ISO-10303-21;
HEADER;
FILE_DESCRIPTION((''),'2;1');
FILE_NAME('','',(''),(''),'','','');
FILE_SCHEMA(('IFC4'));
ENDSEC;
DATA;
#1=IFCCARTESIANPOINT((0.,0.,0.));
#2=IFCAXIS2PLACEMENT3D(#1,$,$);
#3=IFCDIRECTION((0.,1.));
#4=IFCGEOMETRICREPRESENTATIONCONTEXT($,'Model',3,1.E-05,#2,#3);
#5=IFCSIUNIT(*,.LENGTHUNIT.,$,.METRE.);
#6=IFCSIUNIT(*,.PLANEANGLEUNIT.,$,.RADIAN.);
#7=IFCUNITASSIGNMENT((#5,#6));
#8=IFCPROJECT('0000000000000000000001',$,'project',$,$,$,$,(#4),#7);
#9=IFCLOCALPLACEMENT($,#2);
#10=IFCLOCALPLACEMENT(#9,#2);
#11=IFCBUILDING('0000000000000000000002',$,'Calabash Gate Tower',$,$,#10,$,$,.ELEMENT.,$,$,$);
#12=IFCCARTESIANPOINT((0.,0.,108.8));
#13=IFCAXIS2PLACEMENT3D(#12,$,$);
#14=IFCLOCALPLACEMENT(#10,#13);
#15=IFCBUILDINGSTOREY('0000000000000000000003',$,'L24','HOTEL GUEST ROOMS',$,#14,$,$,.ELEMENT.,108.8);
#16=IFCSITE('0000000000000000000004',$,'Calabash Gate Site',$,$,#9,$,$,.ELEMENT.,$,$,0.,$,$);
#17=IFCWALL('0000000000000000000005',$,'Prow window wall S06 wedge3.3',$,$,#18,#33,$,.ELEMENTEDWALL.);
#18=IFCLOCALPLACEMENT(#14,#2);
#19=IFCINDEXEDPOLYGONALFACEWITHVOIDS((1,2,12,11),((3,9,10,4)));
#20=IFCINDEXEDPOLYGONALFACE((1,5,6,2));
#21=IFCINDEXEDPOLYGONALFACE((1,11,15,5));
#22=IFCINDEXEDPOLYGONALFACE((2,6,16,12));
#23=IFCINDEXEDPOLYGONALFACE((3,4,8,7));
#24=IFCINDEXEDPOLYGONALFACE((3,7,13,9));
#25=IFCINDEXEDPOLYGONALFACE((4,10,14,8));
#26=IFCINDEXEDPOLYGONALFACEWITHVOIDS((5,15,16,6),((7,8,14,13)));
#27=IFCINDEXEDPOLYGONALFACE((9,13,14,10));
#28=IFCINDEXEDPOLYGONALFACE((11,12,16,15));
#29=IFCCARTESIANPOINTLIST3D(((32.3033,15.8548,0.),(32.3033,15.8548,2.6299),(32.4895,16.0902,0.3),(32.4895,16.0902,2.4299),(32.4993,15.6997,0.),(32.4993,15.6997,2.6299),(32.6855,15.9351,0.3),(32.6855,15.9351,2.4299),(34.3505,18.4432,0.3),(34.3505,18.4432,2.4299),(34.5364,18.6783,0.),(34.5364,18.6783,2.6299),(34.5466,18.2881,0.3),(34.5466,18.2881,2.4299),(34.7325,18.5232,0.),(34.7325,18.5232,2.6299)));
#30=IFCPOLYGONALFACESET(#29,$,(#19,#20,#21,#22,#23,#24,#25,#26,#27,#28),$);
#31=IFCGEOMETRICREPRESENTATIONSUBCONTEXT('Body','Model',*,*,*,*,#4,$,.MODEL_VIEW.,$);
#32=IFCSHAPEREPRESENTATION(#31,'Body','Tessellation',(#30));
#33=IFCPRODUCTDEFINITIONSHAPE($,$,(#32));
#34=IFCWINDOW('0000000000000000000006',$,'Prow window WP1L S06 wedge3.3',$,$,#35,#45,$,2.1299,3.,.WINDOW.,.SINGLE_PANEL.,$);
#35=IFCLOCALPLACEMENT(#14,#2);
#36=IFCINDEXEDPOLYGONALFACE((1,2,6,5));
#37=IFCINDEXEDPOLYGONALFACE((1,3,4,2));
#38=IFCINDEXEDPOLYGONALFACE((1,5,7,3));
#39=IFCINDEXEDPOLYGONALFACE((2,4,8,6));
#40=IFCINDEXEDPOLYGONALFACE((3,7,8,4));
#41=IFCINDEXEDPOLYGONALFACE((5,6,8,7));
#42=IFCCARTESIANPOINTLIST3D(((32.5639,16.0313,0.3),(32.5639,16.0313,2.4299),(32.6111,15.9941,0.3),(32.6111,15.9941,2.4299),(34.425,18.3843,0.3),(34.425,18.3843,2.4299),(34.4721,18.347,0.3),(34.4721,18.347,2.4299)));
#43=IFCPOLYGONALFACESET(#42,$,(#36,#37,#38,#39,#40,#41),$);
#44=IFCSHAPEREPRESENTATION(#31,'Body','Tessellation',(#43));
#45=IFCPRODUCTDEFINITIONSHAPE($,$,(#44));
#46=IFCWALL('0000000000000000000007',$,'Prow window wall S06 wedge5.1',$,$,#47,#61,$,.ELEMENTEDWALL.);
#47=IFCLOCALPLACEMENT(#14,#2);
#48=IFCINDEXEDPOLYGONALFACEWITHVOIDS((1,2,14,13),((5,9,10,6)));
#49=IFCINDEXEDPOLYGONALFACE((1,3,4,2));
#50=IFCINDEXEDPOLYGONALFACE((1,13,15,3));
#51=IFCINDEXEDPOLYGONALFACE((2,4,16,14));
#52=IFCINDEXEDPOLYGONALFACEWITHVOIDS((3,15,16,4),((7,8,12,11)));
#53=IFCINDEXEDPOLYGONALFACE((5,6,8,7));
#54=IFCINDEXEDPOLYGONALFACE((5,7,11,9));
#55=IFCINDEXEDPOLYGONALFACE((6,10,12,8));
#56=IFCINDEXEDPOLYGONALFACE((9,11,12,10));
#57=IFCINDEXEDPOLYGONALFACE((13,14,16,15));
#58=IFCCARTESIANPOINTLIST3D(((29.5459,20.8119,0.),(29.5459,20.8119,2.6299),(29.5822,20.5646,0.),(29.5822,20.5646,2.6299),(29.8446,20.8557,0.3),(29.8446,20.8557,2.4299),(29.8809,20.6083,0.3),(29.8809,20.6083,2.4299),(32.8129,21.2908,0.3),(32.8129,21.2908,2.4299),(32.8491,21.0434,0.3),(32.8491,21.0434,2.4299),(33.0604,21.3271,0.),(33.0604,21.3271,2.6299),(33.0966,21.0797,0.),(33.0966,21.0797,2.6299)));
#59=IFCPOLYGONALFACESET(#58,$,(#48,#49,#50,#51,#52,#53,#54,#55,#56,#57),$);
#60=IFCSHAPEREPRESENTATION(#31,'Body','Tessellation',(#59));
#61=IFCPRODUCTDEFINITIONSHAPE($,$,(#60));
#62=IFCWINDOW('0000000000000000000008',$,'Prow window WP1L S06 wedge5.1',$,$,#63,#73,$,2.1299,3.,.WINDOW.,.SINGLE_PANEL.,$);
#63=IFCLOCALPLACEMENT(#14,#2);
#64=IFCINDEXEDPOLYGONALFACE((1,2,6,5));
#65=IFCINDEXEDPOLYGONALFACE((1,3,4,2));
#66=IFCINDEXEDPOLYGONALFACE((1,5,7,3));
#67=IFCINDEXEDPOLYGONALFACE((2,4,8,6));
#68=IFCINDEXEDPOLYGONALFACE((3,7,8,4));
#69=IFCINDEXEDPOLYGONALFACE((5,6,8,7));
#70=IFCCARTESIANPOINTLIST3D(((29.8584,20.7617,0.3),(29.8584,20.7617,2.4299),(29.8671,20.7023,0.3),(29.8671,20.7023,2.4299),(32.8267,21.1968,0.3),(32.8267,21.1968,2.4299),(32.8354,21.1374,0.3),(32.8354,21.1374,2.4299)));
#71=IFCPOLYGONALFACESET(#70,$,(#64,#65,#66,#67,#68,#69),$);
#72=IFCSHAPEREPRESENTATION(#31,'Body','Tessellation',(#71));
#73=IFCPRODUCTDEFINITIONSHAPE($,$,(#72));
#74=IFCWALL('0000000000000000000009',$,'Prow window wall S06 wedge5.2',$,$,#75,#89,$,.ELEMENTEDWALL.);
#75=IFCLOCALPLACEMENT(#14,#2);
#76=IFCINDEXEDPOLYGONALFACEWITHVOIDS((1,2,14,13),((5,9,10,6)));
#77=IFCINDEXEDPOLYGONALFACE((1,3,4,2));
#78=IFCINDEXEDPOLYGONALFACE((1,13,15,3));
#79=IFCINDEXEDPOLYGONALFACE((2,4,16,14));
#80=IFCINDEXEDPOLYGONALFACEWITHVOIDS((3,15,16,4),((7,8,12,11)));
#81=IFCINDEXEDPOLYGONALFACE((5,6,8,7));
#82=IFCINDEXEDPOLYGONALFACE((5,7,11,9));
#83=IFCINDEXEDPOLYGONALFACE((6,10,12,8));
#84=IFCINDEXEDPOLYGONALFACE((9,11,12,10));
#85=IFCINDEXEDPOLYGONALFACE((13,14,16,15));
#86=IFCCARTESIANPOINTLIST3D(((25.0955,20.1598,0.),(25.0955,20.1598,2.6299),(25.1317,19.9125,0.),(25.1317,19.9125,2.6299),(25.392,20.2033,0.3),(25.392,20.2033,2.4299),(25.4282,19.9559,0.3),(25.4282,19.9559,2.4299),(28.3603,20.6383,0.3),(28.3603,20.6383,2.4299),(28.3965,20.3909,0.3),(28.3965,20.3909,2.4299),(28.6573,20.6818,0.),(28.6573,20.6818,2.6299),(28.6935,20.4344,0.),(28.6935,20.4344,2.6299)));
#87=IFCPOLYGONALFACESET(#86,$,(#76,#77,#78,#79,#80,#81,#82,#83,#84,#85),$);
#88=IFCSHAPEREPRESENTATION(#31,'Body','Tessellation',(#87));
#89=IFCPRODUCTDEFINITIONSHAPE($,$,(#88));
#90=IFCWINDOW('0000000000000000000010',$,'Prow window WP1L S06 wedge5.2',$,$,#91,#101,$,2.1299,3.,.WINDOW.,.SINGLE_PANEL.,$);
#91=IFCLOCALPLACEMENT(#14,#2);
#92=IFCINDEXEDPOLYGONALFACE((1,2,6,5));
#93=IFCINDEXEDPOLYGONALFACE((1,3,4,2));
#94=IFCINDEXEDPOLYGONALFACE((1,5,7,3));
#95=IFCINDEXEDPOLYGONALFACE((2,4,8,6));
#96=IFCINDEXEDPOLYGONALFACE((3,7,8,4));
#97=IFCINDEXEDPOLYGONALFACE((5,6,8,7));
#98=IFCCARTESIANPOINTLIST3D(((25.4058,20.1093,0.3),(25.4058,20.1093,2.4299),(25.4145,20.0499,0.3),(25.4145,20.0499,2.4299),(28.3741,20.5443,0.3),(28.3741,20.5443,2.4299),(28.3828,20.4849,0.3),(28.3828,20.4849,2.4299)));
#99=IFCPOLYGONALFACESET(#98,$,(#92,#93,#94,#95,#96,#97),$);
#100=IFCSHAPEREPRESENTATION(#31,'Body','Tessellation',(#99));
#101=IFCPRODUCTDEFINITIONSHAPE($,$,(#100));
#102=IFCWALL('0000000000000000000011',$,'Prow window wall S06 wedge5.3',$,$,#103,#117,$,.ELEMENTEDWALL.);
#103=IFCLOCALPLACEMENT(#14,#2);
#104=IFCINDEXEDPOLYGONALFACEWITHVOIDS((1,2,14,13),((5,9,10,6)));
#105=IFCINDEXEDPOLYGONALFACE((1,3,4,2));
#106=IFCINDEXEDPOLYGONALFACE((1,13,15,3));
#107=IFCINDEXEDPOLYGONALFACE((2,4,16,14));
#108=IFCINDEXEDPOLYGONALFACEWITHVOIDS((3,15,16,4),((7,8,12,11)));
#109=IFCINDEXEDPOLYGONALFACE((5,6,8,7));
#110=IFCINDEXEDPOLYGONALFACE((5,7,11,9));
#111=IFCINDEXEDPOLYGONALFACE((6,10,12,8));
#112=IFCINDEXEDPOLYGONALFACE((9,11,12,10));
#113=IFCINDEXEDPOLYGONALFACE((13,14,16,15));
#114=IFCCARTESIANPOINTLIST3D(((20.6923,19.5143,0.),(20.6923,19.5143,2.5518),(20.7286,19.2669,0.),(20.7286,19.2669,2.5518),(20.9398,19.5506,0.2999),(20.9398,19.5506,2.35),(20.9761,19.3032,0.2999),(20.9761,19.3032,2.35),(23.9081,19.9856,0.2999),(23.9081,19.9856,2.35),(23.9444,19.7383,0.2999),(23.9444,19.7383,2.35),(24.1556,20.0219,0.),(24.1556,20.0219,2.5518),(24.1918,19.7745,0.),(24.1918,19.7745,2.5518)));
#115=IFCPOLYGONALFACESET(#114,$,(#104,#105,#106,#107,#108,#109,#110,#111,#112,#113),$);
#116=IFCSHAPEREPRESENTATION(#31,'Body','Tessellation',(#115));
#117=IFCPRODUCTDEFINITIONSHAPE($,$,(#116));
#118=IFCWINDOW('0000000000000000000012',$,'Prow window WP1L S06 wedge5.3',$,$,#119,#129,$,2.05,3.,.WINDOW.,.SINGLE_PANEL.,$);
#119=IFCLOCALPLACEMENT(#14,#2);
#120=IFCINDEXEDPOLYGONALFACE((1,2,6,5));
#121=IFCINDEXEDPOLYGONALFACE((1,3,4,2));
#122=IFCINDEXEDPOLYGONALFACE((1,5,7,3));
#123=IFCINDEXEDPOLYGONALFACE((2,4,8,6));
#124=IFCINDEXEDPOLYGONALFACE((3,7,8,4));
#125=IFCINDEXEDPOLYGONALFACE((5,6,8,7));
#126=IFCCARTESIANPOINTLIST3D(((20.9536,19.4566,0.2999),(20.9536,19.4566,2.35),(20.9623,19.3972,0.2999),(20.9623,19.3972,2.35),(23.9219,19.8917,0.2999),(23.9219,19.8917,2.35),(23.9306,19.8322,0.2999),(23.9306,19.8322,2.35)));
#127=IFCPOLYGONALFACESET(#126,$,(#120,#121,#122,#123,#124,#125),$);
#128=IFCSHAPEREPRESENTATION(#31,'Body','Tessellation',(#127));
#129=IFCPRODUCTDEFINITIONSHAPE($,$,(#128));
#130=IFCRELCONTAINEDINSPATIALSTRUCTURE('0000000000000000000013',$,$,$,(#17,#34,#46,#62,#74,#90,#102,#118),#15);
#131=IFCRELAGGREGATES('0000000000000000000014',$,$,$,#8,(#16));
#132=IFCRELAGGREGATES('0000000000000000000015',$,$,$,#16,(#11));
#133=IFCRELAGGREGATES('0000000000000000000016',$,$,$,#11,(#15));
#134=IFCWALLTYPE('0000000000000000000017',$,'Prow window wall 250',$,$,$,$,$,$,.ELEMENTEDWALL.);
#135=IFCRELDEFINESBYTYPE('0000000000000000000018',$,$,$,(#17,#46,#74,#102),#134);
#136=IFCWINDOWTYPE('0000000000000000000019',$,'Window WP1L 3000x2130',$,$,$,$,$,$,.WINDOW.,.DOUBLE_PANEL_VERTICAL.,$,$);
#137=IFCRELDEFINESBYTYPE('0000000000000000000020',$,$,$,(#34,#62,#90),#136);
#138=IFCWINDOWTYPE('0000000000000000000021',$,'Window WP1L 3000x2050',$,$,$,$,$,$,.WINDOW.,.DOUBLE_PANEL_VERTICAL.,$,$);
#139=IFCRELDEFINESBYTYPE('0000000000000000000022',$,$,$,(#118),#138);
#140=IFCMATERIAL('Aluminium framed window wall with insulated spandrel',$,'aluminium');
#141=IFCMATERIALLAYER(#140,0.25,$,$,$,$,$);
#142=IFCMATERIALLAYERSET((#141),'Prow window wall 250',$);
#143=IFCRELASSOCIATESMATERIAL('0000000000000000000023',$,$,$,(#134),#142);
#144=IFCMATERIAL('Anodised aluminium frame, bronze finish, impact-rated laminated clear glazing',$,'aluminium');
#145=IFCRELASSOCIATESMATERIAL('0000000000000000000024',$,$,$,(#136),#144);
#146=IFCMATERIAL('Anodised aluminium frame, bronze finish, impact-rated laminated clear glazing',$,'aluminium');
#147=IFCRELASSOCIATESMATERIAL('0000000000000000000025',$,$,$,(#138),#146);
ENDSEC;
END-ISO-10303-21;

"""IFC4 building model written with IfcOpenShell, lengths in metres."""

from ifc_helpers import new_model, si_unit, direction, frame, frame_2d, origin, place, context, subcontext, project, spatial, rectangle, extrude, material, layer, layer_set, type_object, element, fill, save


model = new_model("IFC4")

# Units and contexts
model_context = context("Model", 3, precision=1e-05, world=origin(), true_north=direction((0.0, 1.0)))
body_context = subcontext(model_context, "Body", "Model", "MODEL_VIEW")
ifc_project = project(units=[si_unit("LENGTHUNIT", "METRE"), si_unit("PLANEANGLEUNIT", "RADIAN")], contexts=[model_context])

# Site, building, storey
site_placement = place(None, origin())
site = spatial("IfcSite", under=ifc_project, at=site_placement, Name="Calabash Gate Site", CompositionType="ELEMENT", RefElevation=0.0)
building_placement = place(site_placement, origin())
building = spatial("IfcBuilding", under=site, at=building_placement, Name="Calabash Gate Tower", CompositionType="ELEMENT")
storey_placement = place(building_placement, frame((0.0, 0.0, 108.8)))
storey = spatial("IfcBuildingStorey", under=building, at=storey_placement, Name="L24", Description="HOTEL GUEST ROOMS", CompositionType="ELEMENT", Elevation=108.8)

# Walls, openings, windows
ifc_material_1 = material(Name="Aluminium framed window wall with insulated spandrel", Category="aluminium")
ifc_layer_1 = layer(ifc_material_1, 0.25)
ifc_layer_set_1 = layer_set([ifc_layer_1], Name="Prow window wall 250")
wall_type_1 = type_object("IfcWallType", Name="Prow window wall 250", PredefinedType="ELEMENTEDWALL", material=ifc_layer_set_1)
wall_1_placement = place(storey_placement, frame((32.4014, 15.7773, 0.0), z_axis=(0.0, 0.0, 1.0), x_axis=(0.620343, 0.78433, 0.0)))
wall_1 = element("IfcWall", 1, at=wall_1_placement, inside=storey, type_object=wall_type_1, Name="Prow window wall S06 wedge3.3", PredefinedType="ELEMENTEDWALL", context=body_context, shape_type="SweptSolid", body=[
    extrude(rectangle(XDim=3.5999, YDim=0.25, at=frame_2d((1.7998, 0.0))), origin(), (0.0, 0.0, 1.0), 2.6299),
])
opening_1_placement = place(wall_1_placement, frame((0.3, 0.0, 0.3)))
opening_1 = element("IfcOpeningElement", 2, at=opening_1_placement, cuts=wall_1, PredefinedType="OPENING", context=body_context, shape_type="SweptSolid", body=[
    extrude(rectangle(XDim=3.0, YDim=2.1299, at=frame_2d((1.5, 1.0649))), frame((0.0, 0.135, 0.0), z_axis=(0.0, -1.0, 0.0), x_axis=(1.0, 0.0, 0.0)), (0.0, 0.0, 1.0), 0.27),
])
ifc_material_2 = material(Name="Anodised aluminium frame, bronze finish, impact-rated laminated clear glazing", Category="aluminium")
window_type_1 = type_object("IfcWindowType", Name="Window WP1L 3000x2130", PartitioningType="DOUBLE_PANEL_VERTICAL", PredefinedType="WINDOW", material=ifc_material_2)
window_1_placement = place(opening_1_placement, origin())
window_1 = element("IfcWindow", 3, at=window_1_placement, inside=storey, type_object=window_type_1, Name="Prow window WP1L S06 wedge3.3", OverallHeight=2.1299, OverallWidth=3.0, PartitioningType="SINGLE_PANEL", PredefinedType="WINDOW", context=body_context, shape_type="SweptSolid", body=[
    extrude(rectangle(XDim=3.0, YDim=2.1299, at=frame_2d((1.5, 1.0649))), frame((0.0, 0.03, 0.0), z_axis=(0.0, -1.0, 0.0), x_axis=(1.0, 0.0, 0.0)), (0.0, 0.0, 1.0), 0.0601),
])
fill(opening_1, window_1)
wall_2_placement = place(storey_placement, frame((33.0784, 21.2034, 0.0), z_axis=(0.0, 0.0, 1.0), x_axis=(-0.989427, -0.145029, 0.0)))
wall_2 = element("IfcWall", 4, at=wall_2_placement, inside=storey, type_object=wall_type_1, Name="Prow window wall S06 wedge5.1", PredefinedType="ELEMENTEDWALL", context=body_context, shape_type="SweptSolid", body=[
    extrude(rectangle(XDim=3.552, YDim=0.25, at=frame_2d((1.7759, 0.0))), origin(), (0.0, 0.0, 1.0), 2.6299),
])
opening_2_placement = place(wall_2_placement, frame((0.25, 0.0, 0.3)))
opening_2 = element("IfcOpeningElement", 5, at=opening_2_placement, cuts=wall_2, PredefinedType="OPENING", context=body_context, shape_type="SweptSolid", body=[
    extrude(rectangle(XDim=3.0, YDim=2.1299, at=frame_2d((1.5, 1.0649))), frame((0.0, 0.135, 0.0), z_axis=(0.0, -1.0, 0.0), x_axis=(1.0, 0.0, 0.0)), (0.0, 0.0, 1.0), 0.27),
])
window_2_placement = place(opening_2_placement, origin())
window_2 = element("IfcWindow", 6, at=window_2_placement, inside=storey, type_object=window_type_1, Name="Prow window WP1L S06 wedge5.1", OverallHeight=2.1299, OverallWidth=3.0, PartitioningType="SINGLE_PANEL", PredefinedType="WINDOW", context=body_context, shape_type="SweptSolid", body=[
    extrude(rectangle(XDim=3.0, YDim=2.1299, at=frame_2d((1.5, 1.0649))), frame((0.0, 0.03, 0.0), z_axis=(0.0, -1.0, 0.0), x_axis=(1.0, 0.0, 0.0)), (0.0, 0.0, 1.0), 0.0601),
])
fill(opening_2, window_2)
wall_3_placement = place(storey_placement, frame((28.6753, 20.5581, 0.0), z_axis=(0.0, 0.0, 1.0), x_axis=(-0.989432, -0.145, 0.0)))
wall_3 = element("IfcWall", 7, at=wall_3_placement, inside=storey, type_object=wall_type_1, Name="Prow window wall S06 wedge5.2", PredefinedType="ELEMENTEDWALL", context=body_context, shape_type="SweptSolid", body=[
    extrude(rectangle(XDim=3.5999, YDim=0.25, at=frame_2d((1.7998, 0.0))), origin(), (0.0, 0.0, 1.0), 2.6299),
])
opening_3_placement = place(wall_3_placement, frame((0.3, 0.0, 0.3)))
opening_3 = element("IfcOpeningElement", 8, at=opening_3_placement, cuts=wall_3, PredefinedType="OPENING", context=body_context, shape_type="SweptSolid", body=[
    extrude(rectangle(XDim=3.0, YDim=2.1299, at=frame_2d((1.5, 1.0649))), frame((0.0, 0.135, 0.0), z_axis=(0.0, -1.0, 0.0), x_axis=(1.0, 0.0, 0.0)), (0.0, 0.0, 1.0), 0.27),
])
window_3_placement = place(opening_3_placement, origin())
window_3 = element("IfcWindow", 9, at=window_3_placement, inside=storey, type_object=window_type_1, Name="Prow window WP1L S06 wedge5.2", OverallHeight=2.1299, OverallWidth=3.0, PartitioningType="SINGLE_PANEL", PredefinedType="WINDOW", context=body_context, shape_type="SweptSolid", body=[
    extrude(rectangle(XDim=3.0, YDim=2.1299, at=frame_2d((1.5, 1.0649))), frame((0.0, 0.03, 0.0), z_axis=(0.0, -1.0, 0.0), x_axis=(1.0, 0.0, 0.0)), (0.0, 0.0, 1.0), 0.0601),
])
fill(opening_3, window_3)
wall_4_placement = place(storey_placement, frame((24.1736, 19.8982, 0.0), z_axis=(0.0, 0.0, 1.0), x_axis=(-0.98943, -0.145014, 0.0)))
wall_4 = element("IfcWall", 10, at=wall_4_placement, inside=storey, type_object=wall_type_1, Name="Prow window wall S06 wedge5.3", PredefinedType="ELEMENTEDWALL", context=body_context, shape_type="SweptSolid", body=[
    extrude(rectangle(XDim=3.5002, YDim=0.25, at=frame_2d((1.75, 0.0))), origin(), (0.0, 0.0, 1.0), 2.5518),
])
opening_4_placement = place(wall_4_placement, frame((0.25, 0.0, 0.3)))
opening_4 = element("IfcOpeningElement", 11, at=opening_4_placement, cuts=wall_4, PredefinedType="OPENING", context=body_context, shape_type="SweptSolid", body=[
    extrude(rectangle(XDim=3.0, YDim=2.05, at=frame_2d((1.5, 1.0249))), frame((0.0, 0.135, 0.0), z_axis=(0.0, -1.0, 0.0), x_axis=(1.0, 0.0, 0.0)), (0.0, 0.0, 1.0), 0.27),
])
ifc_material_3 = material(Name="Anodised aluminium frame, bronze finish, impact-rated laminated clear glazing", Category="aluminium")
window_type_2 = type_object("IfcWindowType", Name="Window WP1L 3000x2050", PartitioningType="DOUBLE_PANEL_VERTICAL", PredefinedType="WINDOW", material=ifc_material_3)
window_4_placement = place(opening_4_placement, origin())
window_4 = element("IfcWindow", 12, at=window_4_placement, inside=storey, type_object=window_type_2, Name="Prow window WP1L S06 wedge5.3", OverallHeight=2.05, OverallWidth=3.0, PartitioningType="SINGLE_PANEL", PredefinedType="WINDOW", context=body_context, shape_type="SweptSolid", body=[
    extrude(rectangle(XDim=3.0, YDim=2.05, at=frame_2d((1.5, 1.0249))), frame((0.0, 0.03, 0.0), z_axis=(0.0, -1.0, 0.0), x_axis=(1.0, 0.0, 0.0)), (0.0, 0.0, 1.0), 0.0601),
])
fill(opening_4, window_4)

save(model, "model.ifc")
